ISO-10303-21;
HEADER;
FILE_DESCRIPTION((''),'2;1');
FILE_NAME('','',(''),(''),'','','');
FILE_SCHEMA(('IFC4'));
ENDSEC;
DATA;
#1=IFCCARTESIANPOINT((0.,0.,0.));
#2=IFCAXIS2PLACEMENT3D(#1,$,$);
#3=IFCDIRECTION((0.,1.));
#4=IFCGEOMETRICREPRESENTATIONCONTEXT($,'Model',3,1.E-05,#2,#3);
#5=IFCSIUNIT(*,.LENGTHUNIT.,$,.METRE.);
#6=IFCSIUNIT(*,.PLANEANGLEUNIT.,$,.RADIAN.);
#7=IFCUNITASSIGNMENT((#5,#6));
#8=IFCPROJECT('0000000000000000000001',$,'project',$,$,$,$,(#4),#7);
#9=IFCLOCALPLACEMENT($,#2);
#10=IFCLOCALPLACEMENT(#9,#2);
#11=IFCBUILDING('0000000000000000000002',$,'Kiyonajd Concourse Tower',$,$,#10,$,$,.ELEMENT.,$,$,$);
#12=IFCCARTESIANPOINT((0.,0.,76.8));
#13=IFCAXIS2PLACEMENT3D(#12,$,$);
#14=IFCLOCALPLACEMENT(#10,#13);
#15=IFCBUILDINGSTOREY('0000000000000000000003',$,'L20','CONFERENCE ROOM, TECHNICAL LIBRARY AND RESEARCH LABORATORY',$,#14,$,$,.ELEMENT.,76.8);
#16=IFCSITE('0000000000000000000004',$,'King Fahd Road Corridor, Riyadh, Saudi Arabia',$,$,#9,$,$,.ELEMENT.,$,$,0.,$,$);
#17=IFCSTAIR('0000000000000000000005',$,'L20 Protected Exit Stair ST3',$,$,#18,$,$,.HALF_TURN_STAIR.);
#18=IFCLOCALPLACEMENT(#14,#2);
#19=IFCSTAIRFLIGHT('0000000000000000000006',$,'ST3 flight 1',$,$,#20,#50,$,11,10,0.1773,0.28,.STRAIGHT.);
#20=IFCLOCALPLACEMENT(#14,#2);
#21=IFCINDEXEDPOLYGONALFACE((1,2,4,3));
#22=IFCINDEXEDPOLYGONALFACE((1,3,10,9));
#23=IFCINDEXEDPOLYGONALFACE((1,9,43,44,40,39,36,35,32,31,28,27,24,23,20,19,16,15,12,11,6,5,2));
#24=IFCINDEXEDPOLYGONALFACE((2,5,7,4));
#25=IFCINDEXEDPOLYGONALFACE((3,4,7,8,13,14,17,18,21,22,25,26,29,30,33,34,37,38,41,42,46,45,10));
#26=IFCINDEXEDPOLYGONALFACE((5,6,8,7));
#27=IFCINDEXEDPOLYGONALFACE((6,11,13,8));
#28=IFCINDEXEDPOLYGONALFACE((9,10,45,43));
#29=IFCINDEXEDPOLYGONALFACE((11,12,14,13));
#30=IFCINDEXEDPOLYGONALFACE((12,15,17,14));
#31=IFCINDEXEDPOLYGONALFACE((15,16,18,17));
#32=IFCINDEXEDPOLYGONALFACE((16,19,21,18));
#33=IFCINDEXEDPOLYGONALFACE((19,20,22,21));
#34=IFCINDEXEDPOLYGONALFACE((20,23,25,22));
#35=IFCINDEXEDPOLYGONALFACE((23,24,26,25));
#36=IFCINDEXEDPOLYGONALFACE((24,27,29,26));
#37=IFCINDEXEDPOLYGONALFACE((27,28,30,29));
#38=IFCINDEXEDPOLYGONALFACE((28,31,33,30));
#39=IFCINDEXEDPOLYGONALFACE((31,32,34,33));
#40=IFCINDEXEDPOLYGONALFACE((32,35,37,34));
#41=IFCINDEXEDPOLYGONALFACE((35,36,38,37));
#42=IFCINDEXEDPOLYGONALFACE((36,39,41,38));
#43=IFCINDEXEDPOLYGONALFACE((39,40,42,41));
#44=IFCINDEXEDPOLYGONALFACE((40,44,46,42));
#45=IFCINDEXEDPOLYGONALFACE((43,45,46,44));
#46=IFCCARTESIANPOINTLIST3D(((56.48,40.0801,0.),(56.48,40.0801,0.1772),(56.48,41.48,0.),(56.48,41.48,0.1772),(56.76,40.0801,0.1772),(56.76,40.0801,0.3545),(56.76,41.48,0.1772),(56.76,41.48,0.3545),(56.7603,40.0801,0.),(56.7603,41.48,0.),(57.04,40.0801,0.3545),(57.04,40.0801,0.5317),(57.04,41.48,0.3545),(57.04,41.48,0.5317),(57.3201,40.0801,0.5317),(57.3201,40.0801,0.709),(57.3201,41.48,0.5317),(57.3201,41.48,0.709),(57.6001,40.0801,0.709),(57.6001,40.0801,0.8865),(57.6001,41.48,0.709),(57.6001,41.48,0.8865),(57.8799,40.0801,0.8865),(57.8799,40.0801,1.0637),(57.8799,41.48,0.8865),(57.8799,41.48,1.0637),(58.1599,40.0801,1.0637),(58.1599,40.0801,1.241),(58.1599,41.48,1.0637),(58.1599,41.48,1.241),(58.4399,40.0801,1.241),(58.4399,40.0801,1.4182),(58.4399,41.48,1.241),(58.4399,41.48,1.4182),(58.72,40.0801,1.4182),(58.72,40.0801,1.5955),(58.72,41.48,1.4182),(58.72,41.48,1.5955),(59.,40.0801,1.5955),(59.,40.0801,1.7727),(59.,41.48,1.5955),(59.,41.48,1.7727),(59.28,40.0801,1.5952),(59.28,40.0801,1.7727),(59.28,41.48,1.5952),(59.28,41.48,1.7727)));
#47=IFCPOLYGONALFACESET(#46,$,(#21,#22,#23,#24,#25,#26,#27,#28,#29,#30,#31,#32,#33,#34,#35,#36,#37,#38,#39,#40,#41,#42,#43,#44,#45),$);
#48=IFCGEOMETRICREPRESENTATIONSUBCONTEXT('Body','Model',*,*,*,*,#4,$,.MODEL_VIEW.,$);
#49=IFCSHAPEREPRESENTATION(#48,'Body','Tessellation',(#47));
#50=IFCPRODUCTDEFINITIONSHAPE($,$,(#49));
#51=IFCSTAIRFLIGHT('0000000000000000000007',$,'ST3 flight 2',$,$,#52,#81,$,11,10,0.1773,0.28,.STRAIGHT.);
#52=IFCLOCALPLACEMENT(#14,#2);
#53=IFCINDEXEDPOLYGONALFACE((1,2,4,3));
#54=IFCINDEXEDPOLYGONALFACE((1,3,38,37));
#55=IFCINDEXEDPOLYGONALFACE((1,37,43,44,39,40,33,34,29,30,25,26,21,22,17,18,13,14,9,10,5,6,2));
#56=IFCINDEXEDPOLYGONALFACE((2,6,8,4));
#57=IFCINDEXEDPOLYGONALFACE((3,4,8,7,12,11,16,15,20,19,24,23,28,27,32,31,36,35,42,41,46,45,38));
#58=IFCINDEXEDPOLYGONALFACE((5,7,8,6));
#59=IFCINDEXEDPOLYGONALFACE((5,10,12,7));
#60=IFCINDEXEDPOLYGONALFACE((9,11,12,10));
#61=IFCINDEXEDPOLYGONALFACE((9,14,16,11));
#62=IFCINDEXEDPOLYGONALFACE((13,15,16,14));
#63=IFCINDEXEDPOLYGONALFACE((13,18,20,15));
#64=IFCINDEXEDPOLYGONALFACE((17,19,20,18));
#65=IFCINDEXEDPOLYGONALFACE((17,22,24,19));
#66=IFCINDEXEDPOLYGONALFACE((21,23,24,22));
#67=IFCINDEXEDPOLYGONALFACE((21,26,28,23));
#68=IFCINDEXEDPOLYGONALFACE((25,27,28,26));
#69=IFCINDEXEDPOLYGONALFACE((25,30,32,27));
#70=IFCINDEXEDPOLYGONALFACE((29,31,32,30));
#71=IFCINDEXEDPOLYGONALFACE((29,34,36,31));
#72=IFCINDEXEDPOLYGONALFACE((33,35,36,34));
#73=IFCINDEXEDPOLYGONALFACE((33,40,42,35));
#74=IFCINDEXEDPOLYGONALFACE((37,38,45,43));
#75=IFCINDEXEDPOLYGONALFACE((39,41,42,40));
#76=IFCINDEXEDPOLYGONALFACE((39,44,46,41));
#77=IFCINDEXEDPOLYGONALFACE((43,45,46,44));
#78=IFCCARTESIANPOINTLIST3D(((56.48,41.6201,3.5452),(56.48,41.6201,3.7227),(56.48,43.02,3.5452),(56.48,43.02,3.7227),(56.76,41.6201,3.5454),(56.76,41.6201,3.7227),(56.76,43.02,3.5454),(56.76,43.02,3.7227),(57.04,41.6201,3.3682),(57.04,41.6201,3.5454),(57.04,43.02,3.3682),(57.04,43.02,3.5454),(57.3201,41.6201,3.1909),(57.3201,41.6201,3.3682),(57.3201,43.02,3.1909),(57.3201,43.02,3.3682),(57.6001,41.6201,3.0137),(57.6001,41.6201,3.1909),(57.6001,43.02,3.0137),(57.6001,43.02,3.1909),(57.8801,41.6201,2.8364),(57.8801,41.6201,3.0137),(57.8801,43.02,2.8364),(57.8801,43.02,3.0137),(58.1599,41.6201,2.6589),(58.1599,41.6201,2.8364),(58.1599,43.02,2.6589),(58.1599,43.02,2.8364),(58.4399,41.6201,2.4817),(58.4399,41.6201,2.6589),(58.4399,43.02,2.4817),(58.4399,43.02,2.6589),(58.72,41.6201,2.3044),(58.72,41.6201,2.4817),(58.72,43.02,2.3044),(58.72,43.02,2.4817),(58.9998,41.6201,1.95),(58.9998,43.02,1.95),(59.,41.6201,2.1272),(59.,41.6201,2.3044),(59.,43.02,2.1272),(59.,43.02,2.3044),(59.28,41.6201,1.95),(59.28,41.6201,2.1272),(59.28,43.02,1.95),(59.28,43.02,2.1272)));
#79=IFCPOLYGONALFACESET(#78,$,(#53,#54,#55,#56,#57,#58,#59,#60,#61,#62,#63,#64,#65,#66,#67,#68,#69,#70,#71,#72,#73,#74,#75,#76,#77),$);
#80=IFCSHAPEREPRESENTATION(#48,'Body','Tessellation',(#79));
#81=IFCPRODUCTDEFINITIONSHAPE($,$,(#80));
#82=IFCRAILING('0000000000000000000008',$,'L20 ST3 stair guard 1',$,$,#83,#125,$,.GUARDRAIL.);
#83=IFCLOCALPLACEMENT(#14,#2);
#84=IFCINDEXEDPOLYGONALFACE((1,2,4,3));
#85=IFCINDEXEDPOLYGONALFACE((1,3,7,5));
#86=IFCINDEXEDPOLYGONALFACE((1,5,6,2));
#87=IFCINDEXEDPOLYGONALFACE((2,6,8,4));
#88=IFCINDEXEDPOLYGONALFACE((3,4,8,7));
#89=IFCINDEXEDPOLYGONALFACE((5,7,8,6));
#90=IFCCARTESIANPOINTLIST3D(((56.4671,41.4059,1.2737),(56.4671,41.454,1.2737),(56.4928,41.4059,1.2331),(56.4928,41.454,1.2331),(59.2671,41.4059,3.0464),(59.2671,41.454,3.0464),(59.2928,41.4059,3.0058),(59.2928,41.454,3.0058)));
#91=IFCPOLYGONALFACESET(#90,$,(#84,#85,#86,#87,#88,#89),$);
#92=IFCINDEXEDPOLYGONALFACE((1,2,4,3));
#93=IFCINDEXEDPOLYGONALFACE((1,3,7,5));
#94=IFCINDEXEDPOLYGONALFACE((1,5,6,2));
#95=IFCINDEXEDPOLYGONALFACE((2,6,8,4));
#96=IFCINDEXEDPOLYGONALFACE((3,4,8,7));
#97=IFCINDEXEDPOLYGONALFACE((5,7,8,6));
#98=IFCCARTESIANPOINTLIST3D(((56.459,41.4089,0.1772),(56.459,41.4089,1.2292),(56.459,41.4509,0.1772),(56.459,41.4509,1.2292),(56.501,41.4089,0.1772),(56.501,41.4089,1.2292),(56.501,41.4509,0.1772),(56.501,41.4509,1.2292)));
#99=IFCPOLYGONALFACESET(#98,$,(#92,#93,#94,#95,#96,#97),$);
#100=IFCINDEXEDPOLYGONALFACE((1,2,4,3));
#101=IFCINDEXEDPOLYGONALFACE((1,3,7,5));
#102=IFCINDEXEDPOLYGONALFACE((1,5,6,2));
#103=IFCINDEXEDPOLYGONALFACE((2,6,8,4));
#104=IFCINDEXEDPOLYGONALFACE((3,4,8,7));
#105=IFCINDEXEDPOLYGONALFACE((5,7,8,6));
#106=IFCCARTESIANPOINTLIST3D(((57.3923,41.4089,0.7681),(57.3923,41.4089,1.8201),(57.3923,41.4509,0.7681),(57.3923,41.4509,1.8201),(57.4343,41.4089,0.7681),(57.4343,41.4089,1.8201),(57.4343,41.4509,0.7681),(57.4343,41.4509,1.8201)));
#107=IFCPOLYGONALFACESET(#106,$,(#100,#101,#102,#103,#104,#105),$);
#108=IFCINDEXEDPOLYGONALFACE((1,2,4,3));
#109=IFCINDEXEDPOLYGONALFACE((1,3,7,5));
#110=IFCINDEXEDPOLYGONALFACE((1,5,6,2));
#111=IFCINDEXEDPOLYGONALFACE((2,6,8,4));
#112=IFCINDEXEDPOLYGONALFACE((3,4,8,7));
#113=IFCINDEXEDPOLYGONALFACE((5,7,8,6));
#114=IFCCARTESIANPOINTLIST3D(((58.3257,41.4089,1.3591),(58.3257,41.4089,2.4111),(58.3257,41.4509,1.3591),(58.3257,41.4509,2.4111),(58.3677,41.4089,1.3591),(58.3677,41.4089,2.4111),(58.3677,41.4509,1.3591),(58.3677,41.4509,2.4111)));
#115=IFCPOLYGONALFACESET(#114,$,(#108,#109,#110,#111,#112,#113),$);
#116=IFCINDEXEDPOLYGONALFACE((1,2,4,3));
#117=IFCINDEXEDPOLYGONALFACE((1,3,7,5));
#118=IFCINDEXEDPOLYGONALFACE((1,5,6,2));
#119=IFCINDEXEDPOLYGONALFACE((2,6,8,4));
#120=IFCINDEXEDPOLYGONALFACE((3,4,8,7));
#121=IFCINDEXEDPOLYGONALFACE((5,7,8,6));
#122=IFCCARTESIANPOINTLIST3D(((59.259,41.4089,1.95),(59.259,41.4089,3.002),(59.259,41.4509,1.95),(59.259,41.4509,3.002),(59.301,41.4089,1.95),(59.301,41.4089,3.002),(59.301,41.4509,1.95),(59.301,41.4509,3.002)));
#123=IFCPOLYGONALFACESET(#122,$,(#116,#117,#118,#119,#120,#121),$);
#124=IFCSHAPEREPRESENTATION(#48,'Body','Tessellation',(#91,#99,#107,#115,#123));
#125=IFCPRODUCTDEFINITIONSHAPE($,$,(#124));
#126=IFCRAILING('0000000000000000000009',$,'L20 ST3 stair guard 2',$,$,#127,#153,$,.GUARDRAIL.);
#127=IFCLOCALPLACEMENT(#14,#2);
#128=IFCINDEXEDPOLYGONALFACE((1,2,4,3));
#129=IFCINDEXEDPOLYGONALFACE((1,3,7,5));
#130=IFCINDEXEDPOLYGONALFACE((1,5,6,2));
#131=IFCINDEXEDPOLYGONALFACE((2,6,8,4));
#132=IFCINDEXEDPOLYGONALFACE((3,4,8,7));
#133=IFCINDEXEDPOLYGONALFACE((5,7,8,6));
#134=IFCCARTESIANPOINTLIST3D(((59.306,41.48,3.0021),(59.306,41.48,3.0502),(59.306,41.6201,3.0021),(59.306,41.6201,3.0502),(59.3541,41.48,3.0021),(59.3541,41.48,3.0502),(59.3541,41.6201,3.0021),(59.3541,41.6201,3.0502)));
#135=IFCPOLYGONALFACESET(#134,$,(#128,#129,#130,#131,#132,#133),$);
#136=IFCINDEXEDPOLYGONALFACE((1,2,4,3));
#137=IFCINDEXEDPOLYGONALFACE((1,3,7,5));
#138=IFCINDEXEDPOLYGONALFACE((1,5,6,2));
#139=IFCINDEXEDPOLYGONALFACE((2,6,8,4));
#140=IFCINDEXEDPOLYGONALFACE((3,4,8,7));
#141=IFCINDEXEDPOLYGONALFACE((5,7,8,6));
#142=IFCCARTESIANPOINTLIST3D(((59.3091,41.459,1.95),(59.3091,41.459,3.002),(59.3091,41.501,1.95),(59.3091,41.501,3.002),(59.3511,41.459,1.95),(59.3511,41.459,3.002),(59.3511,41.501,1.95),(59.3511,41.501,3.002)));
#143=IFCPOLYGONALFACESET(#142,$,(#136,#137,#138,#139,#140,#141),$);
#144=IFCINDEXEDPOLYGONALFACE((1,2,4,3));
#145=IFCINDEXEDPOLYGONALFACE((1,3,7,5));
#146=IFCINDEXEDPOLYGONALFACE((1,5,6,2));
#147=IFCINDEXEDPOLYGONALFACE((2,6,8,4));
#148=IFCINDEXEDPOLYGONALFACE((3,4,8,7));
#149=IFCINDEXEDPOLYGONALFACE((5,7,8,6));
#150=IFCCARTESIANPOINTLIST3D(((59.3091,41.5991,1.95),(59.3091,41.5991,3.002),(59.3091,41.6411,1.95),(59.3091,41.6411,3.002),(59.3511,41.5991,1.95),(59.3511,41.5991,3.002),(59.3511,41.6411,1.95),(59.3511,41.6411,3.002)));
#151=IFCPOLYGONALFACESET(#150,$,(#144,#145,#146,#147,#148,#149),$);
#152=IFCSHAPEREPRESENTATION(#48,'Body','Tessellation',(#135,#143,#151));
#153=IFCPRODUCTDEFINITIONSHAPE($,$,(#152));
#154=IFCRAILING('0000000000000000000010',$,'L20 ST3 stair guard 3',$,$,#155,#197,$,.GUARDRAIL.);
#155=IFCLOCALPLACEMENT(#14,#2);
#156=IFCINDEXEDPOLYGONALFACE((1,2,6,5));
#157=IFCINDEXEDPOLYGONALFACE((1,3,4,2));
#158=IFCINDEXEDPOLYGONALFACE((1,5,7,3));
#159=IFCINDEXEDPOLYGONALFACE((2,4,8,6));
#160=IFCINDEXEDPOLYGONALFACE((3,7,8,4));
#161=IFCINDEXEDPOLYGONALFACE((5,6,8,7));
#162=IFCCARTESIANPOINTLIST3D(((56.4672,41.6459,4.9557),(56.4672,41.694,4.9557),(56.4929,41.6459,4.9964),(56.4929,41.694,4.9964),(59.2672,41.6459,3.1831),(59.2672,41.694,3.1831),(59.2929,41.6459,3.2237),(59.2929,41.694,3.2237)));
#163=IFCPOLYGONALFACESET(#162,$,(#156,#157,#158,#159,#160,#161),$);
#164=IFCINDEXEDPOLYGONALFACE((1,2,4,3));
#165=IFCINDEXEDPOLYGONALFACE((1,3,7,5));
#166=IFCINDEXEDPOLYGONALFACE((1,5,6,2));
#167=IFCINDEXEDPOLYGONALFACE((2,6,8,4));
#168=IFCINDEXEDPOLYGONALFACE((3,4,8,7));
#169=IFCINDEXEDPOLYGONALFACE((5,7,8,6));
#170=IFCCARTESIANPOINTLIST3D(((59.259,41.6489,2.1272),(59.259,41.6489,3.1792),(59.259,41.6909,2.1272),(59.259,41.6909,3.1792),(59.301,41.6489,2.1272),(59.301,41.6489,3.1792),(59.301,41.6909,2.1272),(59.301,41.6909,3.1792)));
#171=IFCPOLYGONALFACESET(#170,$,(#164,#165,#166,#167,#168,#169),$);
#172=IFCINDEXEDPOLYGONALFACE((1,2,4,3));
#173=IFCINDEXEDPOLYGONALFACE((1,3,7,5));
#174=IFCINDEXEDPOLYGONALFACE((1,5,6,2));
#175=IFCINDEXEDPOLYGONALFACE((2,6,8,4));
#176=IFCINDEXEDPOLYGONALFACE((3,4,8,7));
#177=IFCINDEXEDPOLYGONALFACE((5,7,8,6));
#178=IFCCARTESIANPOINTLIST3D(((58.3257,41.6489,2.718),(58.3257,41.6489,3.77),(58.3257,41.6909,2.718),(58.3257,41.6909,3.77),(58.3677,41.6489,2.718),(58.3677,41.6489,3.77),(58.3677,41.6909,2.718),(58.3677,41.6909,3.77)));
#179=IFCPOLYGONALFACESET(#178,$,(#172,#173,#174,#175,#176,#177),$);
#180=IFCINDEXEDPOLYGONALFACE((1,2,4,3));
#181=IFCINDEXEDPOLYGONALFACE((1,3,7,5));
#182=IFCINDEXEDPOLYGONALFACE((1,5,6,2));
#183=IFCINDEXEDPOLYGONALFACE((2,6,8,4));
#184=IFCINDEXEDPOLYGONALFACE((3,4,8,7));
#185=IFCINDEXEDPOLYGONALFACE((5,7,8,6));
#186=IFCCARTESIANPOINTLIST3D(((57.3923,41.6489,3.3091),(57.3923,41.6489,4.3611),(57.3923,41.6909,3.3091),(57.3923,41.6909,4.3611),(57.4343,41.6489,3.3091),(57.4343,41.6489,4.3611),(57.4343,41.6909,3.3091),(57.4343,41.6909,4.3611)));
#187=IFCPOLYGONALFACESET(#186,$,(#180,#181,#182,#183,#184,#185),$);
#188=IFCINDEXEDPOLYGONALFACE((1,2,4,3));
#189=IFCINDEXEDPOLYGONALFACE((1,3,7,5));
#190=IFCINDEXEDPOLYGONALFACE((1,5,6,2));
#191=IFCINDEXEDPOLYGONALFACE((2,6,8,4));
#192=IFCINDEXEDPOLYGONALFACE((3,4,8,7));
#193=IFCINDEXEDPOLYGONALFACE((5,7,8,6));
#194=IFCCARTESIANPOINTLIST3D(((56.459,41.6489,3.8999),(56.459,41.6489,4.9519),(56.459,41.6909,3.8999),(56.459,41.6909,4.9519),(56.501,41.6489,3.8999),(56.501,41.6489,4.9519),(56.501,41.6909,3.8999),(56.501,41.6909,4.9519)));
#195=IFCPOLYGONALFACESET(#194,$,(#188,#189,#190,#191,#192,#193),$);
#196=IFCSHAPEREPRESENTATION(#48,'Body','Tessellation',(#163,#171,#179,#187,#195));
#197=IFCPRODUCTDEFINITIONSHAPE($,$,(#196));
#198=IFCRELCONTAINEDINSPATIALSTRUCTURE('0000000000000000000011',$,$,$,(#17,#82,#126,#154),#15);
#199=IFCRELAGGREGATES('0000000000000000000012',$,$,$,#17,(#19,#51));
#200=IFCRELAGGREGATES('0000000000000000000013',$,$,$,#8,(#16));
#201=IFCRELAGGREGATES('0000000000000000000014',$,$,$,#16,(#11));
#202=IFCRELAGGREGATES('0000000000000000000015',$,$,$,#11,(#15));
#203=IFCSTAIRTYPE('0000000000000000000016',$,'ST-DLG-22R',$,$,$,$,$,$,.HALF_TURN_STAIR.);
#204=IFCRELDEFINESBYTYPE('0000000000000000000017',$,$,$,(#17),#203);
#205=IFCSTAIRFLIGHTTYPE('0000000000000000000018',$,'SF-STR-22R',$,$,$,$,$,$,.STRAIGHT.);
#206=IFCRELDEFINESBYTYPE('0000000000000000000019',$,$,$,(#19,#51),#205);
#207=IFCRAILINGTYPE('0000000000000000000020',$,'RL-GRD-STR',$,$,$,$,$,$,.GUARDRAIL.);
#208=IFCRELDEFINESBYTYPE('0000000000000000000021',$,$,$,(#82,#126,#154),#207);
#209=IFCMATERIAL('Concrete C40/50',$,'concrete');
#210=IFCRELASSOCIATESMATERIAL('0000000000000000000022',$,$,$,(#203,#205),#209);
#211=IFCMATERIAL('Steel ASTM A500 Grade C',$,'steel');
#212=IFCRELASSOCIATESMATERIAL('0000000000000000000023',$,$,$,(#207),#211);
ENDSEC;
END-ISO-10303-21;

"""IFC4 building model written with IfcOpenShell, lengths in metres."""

from ifc_helpers import new_model, si_unit, direction, frame, origin, origin_2d, place, context, subcontext, project, spatial, polyline, rectangle, outline, extrude, material, type_object, element, aggregate, save


model = new_model("IFC4")

# Units and contexts
model_context = context("Model", 3, precision=1e-05, world=origin(), true_north=direction((0.0, 1.0)))
body_context = subcontext(model_context, "Body", "Model", "MODEL_VIEW")
ifc_project = project(units=[si_unit("LENGTHUNIT", "METRE"), si_unit("PLANEANGLEUNIT", "RADIAN")], contexts=[model_context])

# Site, building, storey
site_placement = place(None, origin())
site = spatial("IfcSite", under=ifc_project, at=site_placement, Name="King Fahd Road Corridor, Riyadh, Saudi Arabia", CompositionType="ELEMENT", RefElevation=0.0)
building_placement = place(site_placement, origin())
building = spatial("IfcBuilding", under=site, at=building_placement, Name="Kiyonajd Concourse Tower", CompositionType="ELEMENT")
storey_placement = place(building_placement, frame((0.0, 0.0, 76.8)))
storey = spatial("IfcBuildingStorey", under=building, at=storey_placement, Name="L20", Description="CONFERENCE ROOM, TECHNICAL LIBRARY AND RESEARCH LABORATORY", CompositionType="ELEMENT", Elevation=76.8)

# Stair, stair flights
ifc_material_1 = material(Name="Concrete C40/50", Category="concrete")
stair_type = type_object("IfcStairType", Name="ST-DLG-22R", PredefinedType="HALF_TURN_STAIR", material=ifc_material_1)
stair_placement = place(storey_placement, origin())
stair = element("IfcStair", 1, at=stair_placement, inside=storey, type_object=stair_type, Name="L20 Protected Exit Stair ST3", PredefinedType="HALF_TURN_STAIR")
stair_flight_type = type_object("IfcStairFlightType", Name="SF-STR-22R", PredefinedType="STRAIGHT", material=ifc_material_1)
stair_flight_1_placement = place(storey_placement, frame((56.48, 40.78, 0.0), z_axis=(0.0, 0.0, 1.0), x_axis=(1.0, 0.0, 0.0)))
stair_flight_1 = element("IfcStairFlight", 2, at=stair_flight_1_placement, type_object=stair_flight_type, Name="ST3 flight 1", NumberOfRisers=11, NumberOfTreads=10, PredefinedType="STRAIGHT", RiserHeight=0.1773, TreadLength=0.28, context=body_context, shape_type="SweptSolid", body=[
    extrude(outline(polyline([(0.0, 0.0), (0.0, 0.1772), (0.28, 0.1772), (0.28, 0.3545), (0.5601, 0.3545), (0.5601, 0.5317), (0.8401, 0.5317), (0.8401, 0.709), (1.1201, 0.709), (1.1201, 0.8865), (1.3999, 0.8865), (1.3999, 1.0637), (1.6799, 1.0637), (1.6799, 1.241), (1.96, 1.241), (1.96, 1.4182), (2.24, 1.4182), (2.24, 1.5955), (2.52, 1.5955), (2.52, 1.7727), (2.8, 1.7727), (2.8, 1.95), (2.8, 1.5952), (0.2803, 0.0), (0.0, 0.0)])), frame((0.0, 0.7, 0.0), z_axis=(0.0, -1.0, 0.0), x_axis=(1.0, 0.0, 0.0)), (0.0, 0.0, 1.0), 1.3999),
])
stair_flight_2_placement = place(storey_placement, frame((59.28, 42.3201, 1.95), z_axis=(0.0, 0.0, 1.0), x_axis=(-1.0, 0.0, 0.0)))
stair_flight_2 = element("IfcStairFlight", 3, at=stair_flight_2_placement, type_object=stair_flight_type, Name="ST3 flight 2", NumberOfRisers=11, NumberOfTreads=10, PredefinedType="STRAIGHT", RiserHeight=0.1773, TreadLength=0.28, context=body_context, shape_type="SweptSolid", body=[
    extrude(outline(polyline([(0.0, 0.0), (0.0, 0.1772), (0.28, 0.1772), (0.28, 0.3545), (0.5601, 0.3545), (0.5601, 0.5317), (0.8401, 0.5317), (0.8401, 0.709), (1.1201, 0.709), (1.1201, 0.8865), (1.3999, 0.8865), (1.3999, 1.0637), (1.6799, 1.0637), (1.6799, 1.241), (1.96, 1.241), (1.96, 1.4182), (2.24, 1.4182), (2.24, 1.5955), (2.52, 1.5955), (2.52, 1.7727), (2.8, 1.7727), (2.8, 1.95), (2.8, 1.5952), (0.2803, 0.0), (0.0, 0.0)])), frame((0.0, 0.7, 0.0), z_axis=(0.0, -1.0, 0.0), x_axis=(1.0, 0.0, 0.0)), (0.0, 0.0, 1.0), 1.3999),
])
aggregate(stair, [stair_flight_1, stair_flight_2])

# Railings
ifc_material_2 = material(Name="Steel ASTM A500 Grade C", Category="steel")
railing_type_1 = type_object("IfcRailingType", Name="RL-GRD-STR", PredefinedType="GUARDRAIL", material=ifc_material_2)
railing_1_placement = place(storey_placement, frame((56.48, 41.4299, 0.1772)))
element("IfcRailing", 4, at=railing_1_placement, inside=storey, type_object=railing_type_1, Name="L20 ST3 stair guard 1", PredefinedType="GUARDRAIL", context=body_context, shape_type="SweptSolid", body=[
    extrude(rectangle(XDim=0.0481, YDim=0.0481, at=origin_2d()), frame((0.0, 0.0, 1.0762), z_axis=(0.844909, 0.0, 0.53491), x_axis=(0.0, 1.0, 0.0)), (0.0, 0.0, 1.0), 3.314),
    extrude(rectangle(XDim=0.042, YDim=0.042, at=origin_2d()), origin(), (0.0, 0.0, 1.0), 1.052),
    extrude(rectangle(XDim=0.042, YDim=0.042, at=origin_2d()), frame((0.9333, 0.0, 0.5908)), (0.0, 0.0, 1.0), 1.052),
    extrude(rectangle(XDim=0.042, YDim=0.042, at=origin_2d()), frame((1.8667, 0.0, 1.1819)), (0.0, 0.0, 1.0), 1.052),
    extrude(rectangle(XDim=0.042, YDim=0.042, at=origin_2d()), frame((2.8, 0.0, 1.7727)), (0.0, 0.0, 1.0), 1.052),
])
railing_2_placement = place(storey_placement, frame((59.3301, 41.48, 1.95)))
element("IfcRailing", 5, at=railing_2_placement, inside=storey, type_object=railing_type_1, Name="L20 ST3 stair guard 2", PredefinedType="GUARDRAIL", context=body_context, shape_type="SweptSolid", body=[
    extrude(rectangle(XDim=0.0481, YDim=0.0481, at=origin_2d()), frame((0.0, 0.0, 1.0762), z_axis=(0.0, 1.0, 0.0), x_axis=(-1.0, 0.0, 0.0)), (0.0, 0.0, 1.0), 0.1401),
    extrude(rectangle(XDim=0.042, YDim=0.042, at=origin_2d()), origin(), (0.0, 0.0, 1.0), 1.052),
    extrude(rectangle(XDim=0.042, YDim=0.042, at=origin_2d()), frame((0.0, 0.1401, 0.0)), (0.0, 0.0, 1.0), 1.052),
])
railing_3_placement = place(storey_placement, frame((59.28, 41.6699, 2.1272)))
element("IfcRailing", 6, at=railing_3_placement, inside=storey, type_object=railing_type_1, Name="L20 ST3 stair guard 3", PredefinedType="GUARDRAIL", context=body_context, shape_type="SweptSolid", body=[
    extrude(rectangle(XDim=0.0481, YDim=0.0481, at=origin_2d()), frame((0.0, 0.0, 1.0762), z_axis=(-0.844909, 0.0, 0.53491), x_axis=(0.0, -1.0, 0.0)), (0.0, 0.0, 1.0), 3.314),
    extrude(rectangle(XDim=0.042, YDim=0.042, at=origin_2d()), origin(), (0.0, 0.0, 1.0), 1.052),
    extrude(rectangle(XDim=0.042, YDim=0.042, at=origin_2d()), frame((-0.9333, 0.0, 0.5908)), (0.0, 0.0, 1.0), 1.052),
    extrude(rectangle(XDim=0.042, YDim=0.042, at=origin_2d()), frame((-1.8667, 0.0, 1.1819)), (0.0, 0.0, 1.0), 1.052),
    extrude(rectangle(XDim=0.042, YDim=0.042, at=origin_2d()), frame((-2.8, 0.0, 1.7727)), (0.0, 0.0, 1.0), 1.052),
])

save(model, "model.ifc")
